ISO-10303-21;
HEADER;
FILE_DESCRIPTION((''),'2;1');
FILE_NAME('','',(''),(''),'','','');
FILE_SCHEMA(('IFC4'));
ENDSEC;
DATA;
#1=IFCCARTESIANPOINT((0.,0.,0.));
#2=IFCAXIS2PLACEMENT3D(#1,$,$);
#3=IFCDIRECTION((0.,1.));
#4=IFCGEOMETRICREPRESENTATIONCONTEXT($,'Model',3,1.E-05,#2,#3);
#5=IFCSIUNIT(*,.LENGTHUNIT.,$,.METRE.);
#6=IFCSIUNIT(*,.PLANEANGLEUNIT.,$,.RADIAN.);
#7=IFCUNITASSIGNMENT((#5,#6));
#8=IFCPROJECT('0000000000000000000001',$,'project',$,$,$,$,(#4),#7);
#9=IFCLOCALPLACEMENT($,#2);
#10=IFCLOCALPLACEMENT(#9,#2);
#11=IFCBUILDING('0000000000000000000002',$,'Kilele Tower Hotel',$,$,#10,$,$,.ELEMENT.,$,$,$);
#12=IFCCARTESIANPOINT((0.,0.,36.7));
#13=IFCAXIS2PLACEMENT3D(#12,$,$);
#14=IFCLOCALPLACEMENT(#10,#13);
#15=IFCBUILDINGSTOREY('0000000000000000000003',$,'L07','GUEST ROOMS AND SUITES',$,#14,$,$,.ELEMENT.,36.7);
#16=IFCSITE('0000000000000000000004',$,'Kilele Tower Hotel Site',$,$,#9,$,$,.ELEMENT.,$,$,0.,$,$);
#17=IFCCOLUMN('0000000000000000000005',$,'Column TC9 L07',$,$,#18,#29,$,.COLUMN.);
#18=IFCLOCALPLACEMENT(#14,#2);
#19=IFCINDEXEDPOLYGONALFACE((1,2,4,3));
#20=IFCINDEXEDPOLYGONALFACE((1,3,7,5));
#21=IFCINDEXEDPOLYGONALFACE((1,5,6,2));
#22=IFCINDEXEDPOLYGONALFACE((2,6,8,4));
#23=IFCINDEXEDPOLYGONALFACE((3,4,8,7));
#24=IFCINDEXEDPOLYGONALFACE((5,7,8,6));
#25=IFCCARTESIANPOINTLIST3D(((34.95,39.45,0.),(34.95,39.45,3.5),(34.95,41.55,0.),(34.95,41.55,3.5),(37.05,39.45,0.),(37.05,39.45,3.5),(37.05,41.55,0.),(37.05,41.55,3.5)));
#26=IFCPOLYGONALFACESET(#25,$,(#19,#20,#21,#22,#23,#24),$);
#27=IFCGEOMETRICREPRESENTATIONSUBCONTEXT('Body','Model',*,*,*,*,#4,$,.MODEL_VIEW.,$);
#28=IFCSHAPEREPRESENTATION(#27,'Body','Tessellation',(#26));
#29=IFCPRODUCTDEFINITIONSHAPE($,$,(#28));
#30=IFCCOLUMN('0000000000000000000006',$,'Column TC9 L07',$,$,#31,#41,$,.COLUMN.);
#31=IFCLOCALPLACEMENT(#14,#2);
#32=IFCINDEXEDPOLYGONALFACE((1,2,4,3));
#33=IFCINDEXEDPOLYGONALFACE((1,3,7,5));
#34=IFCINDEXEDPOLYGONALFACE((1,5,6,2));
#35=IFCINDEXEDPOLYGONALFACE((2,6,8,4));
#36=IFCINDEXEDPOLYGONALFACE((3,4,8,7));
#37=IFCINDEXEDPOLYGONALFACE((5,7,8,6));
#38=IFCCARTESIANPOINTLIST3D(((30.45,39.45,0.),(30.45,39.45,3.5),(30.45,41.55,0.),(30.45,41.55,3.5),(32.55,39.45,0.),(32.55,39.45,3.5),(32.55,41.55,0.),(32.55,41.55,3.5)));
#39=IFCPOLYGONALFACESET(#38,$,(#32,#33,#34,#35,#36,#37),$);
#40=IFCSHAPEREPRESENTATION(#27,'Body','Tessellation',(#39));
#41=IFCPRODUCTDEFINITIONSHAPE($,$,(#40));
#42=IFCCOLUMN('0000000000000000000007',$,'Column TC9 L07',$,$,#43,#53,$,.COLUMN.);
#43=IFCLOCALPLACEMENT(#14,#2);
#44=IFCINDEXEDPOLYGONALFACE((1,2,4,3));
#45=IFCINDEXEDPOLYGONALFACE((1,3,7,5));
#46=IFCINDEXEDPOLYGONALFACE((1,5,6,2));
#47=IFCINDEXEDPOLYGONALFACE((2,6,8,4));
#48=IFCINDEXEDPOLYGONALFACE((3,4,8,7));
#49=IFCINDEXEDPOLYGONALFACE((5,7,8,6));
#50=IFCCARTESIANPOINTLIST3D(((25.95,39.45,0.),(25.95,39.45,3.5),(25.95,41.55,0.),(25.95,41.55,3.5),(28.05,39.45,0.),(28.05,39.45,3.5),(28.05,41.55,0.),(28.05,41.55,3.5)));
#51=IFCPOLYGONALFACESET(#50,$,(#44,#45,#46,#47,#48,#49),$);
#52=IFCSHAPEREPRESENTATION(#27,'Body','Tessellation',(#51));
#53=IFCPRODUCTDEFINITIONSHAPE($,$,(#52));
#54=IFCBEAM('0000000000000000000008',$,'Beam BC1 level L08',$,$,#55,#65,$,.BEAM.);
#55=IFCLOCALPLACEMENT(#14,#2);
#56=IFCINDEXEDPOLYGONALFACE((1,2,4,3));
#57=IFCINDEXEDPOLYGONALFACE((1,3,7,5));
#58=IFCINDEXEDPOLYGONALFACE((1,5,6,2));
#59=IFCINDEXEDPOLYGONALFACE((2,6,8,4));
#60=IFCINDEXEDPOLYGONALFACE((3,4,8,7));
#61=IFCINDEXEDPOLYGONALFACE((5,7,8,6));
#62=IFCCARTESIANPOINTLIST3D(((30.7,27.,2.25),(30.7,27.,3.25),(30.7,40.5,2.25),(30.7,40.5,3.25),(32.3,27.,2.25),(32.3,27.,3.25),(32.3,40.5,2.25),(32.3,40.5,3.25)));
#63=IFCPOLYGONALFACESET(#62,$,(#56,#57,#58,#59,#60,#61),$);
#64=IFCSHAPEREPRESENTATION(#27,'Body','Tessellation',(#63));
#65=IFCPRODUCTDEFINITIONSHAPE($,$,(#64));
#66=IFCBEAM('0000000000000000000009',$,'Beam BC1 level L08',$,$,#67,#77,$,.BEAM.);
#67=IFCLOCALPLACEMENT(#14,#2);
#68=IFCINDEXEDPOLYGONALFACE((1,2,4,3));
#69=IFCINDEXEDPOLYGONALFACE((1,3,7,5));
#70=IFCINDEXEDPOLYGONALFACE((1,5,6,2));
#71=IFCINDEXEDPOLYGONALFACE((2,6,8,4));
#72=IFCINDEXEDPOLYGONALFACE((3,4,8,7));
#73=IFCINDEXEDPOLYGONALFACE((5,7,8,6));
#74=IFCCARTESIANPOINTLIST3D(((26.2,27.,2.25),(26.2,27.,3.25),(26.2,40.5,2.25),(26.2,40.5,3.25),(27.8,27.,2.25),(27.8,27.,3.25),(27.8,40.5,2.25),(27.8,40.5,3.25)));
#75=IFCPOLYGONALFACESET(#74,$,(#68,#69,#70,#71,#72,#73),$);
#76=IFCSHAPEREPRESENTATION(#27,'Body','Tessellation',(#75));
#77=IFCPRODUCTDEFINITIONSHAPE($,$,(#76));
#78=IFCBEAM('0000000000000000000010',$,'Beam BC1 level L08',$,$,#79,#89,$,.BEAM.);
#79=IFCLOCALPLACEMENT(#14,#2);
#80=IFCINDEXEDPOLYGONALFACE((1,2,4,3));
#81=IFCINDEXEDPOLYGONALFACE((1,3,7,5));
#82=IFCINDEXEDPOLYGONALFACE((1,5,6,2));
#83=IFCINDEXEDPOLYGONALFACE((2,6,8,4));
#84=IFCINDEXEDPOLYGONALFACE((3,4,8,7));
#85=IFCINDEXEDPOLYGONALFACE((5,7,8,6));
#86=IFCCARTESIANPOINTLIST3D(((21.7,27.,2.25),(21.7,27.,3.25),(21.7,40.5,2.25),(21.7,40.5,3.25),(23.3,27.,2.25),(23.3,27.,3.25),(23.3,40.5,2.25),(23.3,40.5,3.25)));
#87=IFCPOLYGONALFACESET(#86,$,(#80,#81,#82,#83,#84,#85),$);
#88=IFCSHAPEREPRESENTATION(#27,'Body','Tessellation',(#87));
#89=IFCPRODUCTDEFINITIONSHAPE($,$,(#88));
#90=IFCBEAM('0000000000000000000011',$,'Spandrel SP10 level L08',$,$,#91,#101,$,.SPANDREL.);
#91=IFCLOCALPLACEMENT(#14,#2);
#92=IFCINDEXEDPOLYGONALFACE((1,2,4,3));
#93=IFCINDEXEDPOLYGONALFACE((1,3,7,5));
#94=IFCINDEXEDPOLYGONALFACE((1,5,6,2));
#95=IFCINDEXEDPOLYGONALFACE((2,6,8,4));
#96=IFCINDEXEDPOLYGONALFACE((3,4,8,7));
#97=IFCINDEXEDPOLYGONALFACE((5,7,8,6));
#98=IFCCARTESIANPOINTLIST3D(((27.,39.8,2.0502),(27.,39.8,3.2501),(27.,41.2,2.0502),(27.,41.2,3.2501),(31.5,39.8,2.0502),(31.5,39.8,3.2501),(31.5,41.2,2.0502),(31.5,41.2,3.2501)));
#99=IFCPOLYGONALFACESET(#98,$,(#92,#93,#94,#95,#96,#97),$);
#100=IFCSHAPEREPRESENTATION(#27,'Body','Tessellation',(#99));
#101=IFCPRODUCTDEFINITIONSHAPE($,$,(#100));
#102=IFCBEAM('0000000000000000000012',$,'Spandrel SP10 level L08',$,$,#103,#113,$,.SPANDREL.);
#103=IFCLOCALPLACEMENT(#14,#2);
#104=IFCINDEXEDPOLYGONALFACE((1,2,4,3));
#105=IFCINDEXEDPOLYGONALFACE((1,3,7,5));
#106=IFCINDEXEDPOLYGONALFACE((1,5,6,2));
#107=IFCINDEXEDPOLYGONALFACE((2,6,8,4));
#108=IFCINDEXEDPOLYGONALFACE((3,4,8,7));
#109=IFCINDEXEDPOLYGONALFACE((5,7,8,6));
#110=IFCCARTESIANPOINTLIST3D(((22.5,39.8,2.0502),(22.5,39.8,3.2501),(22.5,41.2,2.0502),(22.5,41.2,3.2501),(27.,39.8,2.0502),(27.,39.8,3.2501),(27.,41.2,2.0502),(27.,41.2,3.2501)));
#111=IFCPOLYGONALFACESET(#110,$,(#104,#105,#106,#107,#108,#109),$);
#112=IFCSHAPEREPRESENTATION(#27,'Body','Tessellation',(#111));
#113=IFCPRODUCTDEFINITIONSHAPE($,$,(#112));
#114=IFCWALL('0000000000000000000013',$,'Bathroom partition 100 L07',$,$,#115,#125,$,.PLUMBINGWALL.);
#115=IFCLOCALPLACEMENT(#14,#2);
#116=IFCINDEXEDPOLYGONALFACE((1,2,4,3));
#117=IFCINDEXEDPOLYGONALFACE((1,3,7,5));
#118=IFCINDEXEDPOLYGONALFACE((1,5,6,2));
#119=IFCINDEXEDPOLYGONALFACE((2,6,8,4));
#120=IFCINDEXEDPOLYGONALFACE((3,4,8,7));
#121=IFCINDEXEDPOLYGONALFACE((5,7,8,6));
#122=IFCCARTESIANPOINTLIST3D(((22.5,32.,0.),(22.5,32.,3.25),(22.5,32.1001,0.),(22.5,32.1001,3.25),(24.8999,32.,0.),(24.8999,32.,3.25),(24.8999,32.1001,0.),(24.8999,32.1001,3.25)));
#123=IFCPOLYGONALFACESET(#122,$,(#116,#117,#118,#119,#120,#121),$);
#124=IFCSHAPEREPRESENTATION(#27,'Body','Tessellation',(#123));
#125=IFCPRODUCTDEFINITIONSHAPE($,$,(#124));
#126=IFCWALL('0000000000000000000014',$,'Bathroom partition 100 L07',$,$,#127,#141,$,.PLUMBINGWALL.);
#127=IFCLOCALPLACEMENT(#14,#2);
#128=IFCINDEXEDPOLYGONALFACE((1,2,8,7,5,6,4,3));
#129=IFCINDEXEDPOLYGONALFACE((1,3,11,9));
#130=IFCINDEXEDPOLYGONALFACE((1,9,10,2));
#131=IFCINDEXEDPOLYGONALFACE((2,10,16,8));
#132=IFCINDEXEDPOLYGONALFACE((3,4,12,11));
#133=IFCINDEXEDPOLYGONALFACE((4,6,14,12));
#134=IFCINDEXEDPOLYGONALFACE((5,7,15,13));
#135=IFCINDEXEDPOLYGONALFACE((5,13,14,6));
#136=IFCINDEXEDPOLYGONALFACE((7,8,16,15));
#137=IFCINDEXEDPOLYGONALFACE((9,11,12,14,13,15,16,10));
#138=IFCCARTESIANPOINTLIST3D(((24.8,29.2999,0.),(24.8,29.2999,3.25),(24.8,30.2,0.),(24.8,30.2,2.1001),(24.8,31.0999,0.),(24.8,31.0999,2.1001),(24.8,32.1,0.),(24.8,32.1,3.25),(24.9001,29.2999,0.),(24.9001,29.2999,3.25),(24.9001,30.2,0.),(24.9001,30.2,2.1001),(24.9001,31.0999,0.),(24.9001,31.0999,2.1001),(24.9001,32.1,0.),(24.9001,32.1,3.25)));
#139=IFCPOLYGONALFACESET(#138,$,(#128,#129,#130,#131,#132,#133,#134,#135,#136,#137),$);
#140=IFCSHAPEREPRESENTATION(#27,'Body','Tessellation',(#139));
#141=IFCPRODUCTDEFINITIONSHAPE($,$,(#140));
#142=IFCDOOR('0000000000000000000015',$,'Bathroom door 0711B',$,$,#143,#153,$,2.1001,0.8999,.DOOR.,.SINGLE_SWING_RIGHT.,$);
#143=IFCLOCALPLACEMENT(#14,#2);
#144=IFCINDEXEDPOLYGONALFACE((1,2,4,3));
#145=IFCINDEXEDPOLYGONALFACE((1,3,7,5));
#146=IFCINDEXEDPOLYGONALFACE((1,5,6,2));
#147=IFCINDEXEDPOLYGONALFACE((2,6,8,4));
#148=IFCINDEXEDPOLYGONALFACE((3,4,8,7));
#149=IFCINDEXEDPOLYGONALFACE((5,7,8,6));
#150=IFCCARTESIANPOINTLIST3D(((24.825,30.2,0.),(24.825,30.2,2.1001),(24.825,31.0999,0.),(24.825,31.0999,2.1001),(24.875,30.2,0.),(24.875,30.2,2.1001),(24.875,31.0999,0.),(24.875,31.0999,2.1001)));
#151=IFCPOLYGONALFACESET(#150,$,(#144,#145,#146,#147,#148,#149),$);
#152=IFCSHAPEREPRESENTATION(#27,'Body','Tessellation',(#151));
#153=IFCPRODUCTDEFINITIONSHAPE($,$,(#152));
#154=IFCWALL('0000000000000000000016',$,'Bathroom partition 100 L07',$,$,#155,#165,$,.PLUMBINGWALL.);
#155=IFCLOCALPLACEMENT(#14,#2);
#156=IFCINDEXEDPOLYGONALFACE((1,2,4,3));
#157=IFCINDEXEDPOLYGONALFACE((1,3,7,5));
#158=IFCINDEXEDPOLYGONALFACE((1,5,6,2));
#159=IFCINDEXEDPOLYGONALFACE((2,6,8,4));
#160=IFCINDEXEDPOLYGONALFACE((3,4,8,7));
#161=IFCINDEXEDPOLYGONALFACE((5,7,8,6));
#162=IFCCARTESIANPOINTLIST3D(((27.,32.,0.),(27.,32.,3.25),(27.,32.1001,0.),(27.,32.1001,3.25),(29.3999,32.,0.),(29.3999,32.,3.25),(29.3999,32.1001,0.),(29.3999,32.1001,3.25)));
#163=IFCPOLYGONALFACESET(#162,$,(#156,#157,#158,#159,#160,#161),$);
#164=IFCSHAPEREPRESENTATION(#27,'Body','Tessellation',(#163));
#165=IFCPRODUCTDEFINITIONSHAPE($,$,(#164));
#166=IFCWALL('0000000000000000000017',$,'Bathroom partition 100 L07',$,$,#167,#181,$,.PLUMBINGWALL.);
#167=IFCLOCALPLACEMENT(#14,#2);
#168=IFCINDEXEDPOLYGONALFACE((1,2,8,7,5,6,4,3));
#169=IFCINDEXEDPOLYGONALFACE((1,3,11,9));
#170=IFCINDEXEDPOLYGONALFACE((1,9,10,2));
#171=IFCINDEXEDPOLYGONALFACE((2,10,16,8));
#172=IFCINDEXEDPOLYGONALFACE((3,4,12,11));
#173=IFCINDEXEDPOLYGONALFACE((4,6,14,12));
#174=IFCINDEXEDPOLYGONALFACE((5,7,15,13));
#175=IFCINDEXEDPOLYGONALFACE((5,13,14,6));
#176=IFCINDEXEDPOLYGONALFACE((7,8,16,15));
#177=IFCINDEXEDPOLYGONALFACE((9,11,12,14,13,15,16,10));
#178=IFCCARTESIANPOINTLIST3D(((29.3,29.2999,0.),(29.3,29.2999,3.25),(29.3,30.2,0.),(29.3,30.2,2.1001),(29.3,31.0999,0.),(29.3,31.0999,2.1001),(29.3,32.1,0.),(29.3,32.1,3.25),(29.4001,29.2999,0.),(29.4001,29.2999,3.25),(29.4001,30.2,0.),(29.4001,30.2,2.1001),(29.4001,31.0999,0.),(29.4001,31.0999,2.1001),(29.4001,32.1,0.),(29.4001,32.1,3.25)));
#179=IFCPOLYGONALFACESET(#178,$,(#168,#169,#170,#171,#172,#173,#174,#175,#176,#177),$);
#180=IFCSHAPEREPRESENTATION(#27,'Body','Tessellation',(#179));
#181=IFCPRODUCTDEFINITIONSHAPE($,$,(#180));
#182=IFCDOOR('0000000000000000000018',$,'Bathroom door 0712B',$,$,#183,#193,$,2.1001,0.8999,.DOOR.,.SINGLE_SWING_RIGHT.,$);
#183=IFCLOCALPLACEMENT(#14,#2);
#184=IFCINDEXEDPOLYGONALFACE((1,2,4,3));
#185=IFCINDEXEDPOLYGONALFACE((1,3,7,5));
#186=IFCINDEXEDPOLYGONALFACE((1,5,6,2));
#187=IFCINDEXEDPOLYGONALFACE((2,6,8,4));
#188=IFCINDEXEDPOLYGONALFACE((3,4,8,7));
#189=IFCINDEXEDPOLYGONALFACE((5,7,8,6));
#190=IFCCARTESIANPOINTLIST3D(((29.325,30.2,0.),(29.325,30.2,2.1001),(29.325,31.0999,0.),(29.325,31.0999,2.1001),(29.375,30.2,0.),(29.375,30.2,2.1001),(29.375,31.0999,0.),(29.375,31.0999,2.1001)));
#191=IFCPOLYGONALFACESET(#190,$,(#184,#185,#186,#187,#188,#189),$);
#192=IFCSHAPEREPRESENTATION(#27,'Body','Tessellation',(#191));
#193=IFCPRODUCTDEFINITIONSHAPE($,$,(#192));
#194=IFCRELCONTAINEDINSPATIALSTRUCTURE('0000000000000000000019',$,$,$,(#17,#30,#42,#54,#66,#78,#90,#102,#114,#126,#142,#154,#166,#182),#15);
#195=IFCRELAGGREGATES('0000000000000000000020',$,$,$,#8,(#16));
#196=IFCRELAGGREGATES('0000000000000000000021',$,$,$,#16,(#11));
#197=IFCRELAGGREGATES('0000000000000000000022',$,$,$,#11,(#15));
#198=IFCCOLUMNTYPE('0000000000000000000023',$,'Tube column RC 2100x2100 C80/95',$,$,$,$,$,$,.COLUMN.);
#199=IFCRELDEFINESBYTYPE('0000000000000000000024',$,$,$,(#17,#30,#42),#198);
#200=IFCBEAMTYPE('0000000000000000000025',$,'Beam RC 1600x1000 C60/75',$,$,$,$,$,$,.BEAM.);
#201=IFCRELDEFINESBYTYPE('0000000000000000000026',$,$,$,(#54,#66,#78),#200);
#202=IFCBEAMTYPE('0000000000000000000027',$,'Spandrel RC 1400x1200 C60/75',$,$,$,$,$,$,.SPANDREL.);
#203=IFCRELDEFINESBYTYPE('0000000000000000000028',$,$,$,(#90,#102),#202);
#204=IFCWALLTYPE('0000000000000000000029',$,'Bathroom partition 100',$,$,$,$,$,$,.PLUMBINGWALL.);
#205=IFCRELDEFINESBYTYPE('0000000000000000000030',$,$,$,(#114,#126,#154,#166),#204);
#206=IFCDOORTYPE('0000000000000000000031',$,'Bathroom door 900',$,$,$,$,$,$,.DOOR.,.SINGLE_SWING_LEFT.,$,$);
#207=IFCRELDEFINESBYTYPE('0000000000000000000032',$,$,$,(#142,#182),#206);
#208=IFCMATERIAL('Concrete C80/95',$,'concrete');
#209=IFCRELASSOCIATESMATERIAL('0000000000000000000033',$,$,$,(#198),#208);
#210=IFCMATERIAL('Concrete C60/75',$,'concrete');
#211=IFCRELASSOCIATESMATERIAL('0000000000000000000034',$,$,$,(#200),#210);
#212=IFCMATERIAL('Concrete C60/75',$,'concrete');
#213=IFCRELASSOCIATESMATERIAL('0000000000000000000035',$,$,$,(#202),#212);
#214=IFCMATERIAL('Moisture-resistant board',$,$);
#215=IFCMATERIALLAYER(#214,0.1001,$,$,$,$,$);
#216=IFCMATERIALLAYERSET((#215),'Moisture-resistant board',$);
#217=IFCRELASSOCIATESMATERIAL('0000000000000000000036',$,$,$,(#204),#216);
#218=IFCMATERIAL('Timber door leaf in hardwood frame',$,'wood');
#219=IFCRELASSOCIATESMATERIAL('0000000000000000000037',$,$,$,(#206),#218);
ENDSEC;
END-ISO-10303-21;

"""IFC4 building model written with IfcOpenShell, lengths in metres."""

from ifc_helpers import new_model, si_unit, direction, frame, frame_2d, origin, origin_2d, place, context, subcontext, project, spatial, rectangle, extrude, material, layer, layer_set, material_profile, profile_set, type_object, element, fill, save


model = new_model("IFC4")

# Units and contexts
model_context = context("Model", 3, precision=1e-05, world=origin(), true_north=direction((0.0, 1.0)))
body_context = subcontext(model_context, "Body", "Model", "MODEL_VIEW")
ifc_project = project(units=[si_unit("LENGTHUNIT", "METRE"), si_unit("PLANEANGLEUNIT", "RADIAN")], contexts=[model_context])

# Site, building, storey
site_placement = place(None, origin())
site = spatial("IfcSite", under=ifc_project, at=site_placement, Name="Kilele Tower Hotel Site", CompositionType="ELEMENT", RefElevation=0.0)
building_placement = place(site_placement, origin())
building = spatial("IfcBuilding", under=site, at=building_placement, Name="Kilele Tower Hotel", CompositionType="ELEMENT")
storey_placement = place(building_placement, frame((0.0, 0.0, 36.7)))
storey = spatial("IfcBuildingStorey", under=building, at=storey_placement, Name="L07", Description="GUEST ROOMS AND SUITES", CompositionType="ELEMENT", Elevation=36.7)

# Columns
ifc_material_1 = material(Name="Concrete C80/95", Category="concrete")
ifc_material_profile_1 = material_profile(ifc_material_1, rectangle(XDim=2.1001, YDim=2.1001, at=origin_2d()))
ifc_profile_set_1 = profile_set([ifc_material_profile_1], Name="Concrete C80/95")
column_type = type_object("IfcColumnType", Name="Tube column RC 2100x2100 C80/95", PredefinedType="COLUMN", material=ifc_profile_set_1)
for number, where, z_axis, x_axis, name in (
    (1, (36.0, 40.5, 0.0), (0.0, 0.0, 1.0), (1.0, 0.0, 0.0), "Column TC9 L07"),
    (2, (31.5, 40.5, 0.0), (0.0, 0.0, 1.0), (1.0, 0.0, 0.0), "Column TC9 L07"),
    (3, (27.0, 40.5, 0.0), (0.0, 0.0, 1.0), (1.0, 0.0, 0.0), "Column TC9 L07"),
):
    element("IfcColumn", number, at=place(storey_placement, frame(where, z_axis=z_axis, x_axis=x_axis)), inside=storey, type_object=column_type, Name=name, PredefinedType="COLUMN", context=body_context, shape_type="SweptSolid", body=[
        extrude(rectangle(XDim=2.1001, YDim=2.1001, at=origin_2d()), origin(), (0.0, 0.0, 1.0), 3.5),
    ])

# Beams
ifc_material_2 = material(Name="Concrete C60/75", Category="concrete")
ifc_material_profile_2 = material_profile(ifc_material_2, rectangle(XDim=1.6001, YDim=1.0, at=origin_2d()))
ifc_profile_set_2 = profile_set([ifc_material_profile_2], Name="Concrete C60/75")
beam_type_1 = type_object("IfcBeamType", Name="Beam RC 1600x1000 C60/75", PredefinedType="BEAM", material=ifc_profile_set_2)
for number, where, z_axis, x_axis, name in (
    (4, (31.5, 40.5, 2.75), (0.0, -1.0, 0.0), (1.0, 0.0, 0.0), "Beam BC1 level L08"),
    (5, (27.0, 40.5, 2.75), (0.0, -1.0, 0.0), (1.0, 0.0, 0.0), "Beam BC1 level L08"),
    (6, (22.5, 40.5, 2.75), (0.0, -1.0, 0.0), (1.0, 0.0, 0.0), "Beam BC1 level L08"),
):
    element("IfcBeam", number, at=place(storey_placement, frame(where, z_axis=z_axis, x_axis=x_axis)), inside=storey, type_object=beam_type_1, Name=name, PredefinedType="BEAM", context=body_context, shape_type="SweptSolid", body=[
        extrude(rectangle(XDim=1.6001, YDim=1.0, at=origin_2d()), origin(), (0.0, 0.0, 1.0), 13.5),
    ])
ifc_material_3 = material(Name="Concrete C60/75", Category="concrete")
ifc_material_profile_3 = material_profile(ifc_material_3, rectangle(XDim=1.3999, YDim=1.2, at=origin_2d()))
ifc_profile_set_3 = profile_set([ifc_material_profile_3], Name="Concrete C60/75")
beam_type_2 = type_object("IfcBeamType", Name="Spandrel RC 1400x1200 C60/75", PredefinedType="SPANDREL", material=ifc_profile_set_3)
for number, where, z_axis, x_axis, name in (
    (7, (31.5, 40.5, 2.6501), (-1.0, 0.0, 0.0), (0.0, -1.0, 0.0), "Spandrel SP10 level L08"),
    (8, (27.0, 40.5, 2.6501), (-1.0, 0.0, 0.0), (0.0, -1.0, 0.0), "Spandrel SP10 level L08"),
):
    element("IfcBeam", number, at=place(storey_placement, frame(where, z_axis=z_axis, x_axis=x_axis)), inside=storey, type_object=beam_type_2, Name=name, PredefinedType="SPANDREL", context=body_context, shape_type="SweptSolid", body=[
        extrude(rectangle(XDim=1.3999, YDim=1.2, at=origin_2d()), origin(), (0.0, 0.0, 1.0), 4.5),
    ])

# Wall
ifc_material_4 = material(Name="Moisture-resistant board")
ifc_layer_1 = layer(ifc_material_4, 0.1001)
ifc_layer_set_1 = layer_set([ifc_layer_1], Name="Moisture-resistant board")
wall_type_1 = type_object("IfcWallType", Name="Bathroom partition 100", PredefinedType="PLUMBINGWALL", material=ifc_layer_set_1)
wall_1_placement = place(storey_placement, frame((22.5, 32.05, 0.0), z_axis=(0.0, 0.0, 1.0), x_axis=(1.0, 0.0, 0.0)))
element("IfcWall", 9, at=wall_1_placement, inside=storey, type_object=wall_type_1, Name="Bathroom partition 100 L07", PredefinedType="PLUMBINGWALL", context=body_context, shape_type="SweptSolid", body=[
    extrude(rectangle(XDim=2.3999, YDim=0.1001, at=frame_2d((1.2, 0.0))), origin(), (0.0, 0.0, 1.0), 3.25),
])

# Wall, opening, door
wall_2_placement = place(storey_placement, frame((24.8501, 29.3, 0.0), z_axis=(0.0, 0.0, 1.0), x_axis=(0.0, 1.0, 0.0)))
wall_2 = element("IfcWall", 10, at=wall_2_placement, inside=storey, type_object=wall_type_1, Name="Bathroom partition 100 L07", PredefinedType="PLUMBINGWALL", context=body_context, shape_type="SweptSolid", body=[
    extrude(rectangle(XDim=2.8, YDim=0.1001, at=frame_2d((1.3999, 0.0))), origin(), (0.0, 0.0, 1.0), 3.25),
])
opening_1_placement = place(wall_2_placement, frame((1.7998, 0.0, 0.0), z_axis=(0.0, 0.0, 1.0), x_axis=(-1.0, 0.0, 0.0)))
opening_1 = element("IfcOpeningElement", 11, at=opening_1_placement, cuts=wall_2, PredefinedType="OPENING", context=body_context, shape_type="SweptSolid", body=[
    extrude(rectangle(XDim=0.8999, YDim=2.1001, at=frame_2d((0.45, 1.05))), frame((0.0, 0.0601, 0.0), z_axis=(0.0, -1.0, 0.0), x_axis=(1.0, 0.0, 0.0)), (0.0, 0.0, 1.0), 0.1201),
])
ifc_material_5 = material(Name="Timber door leaf in hardwood frame", Category="wood")
door_type_1 = type_object("IfcDoorType", Name="Bathroom door 900", OperationType="SINGLE_SWING_LEFT", PredefinedType="DOOR", material=ifc_material_5)
door_1_placement = place(opening_1_placement, origin())
door_1 = element("IfcDoor", 12, at=door_1_placement, inside=storey, type_object=door_type_1, Name="Bathroom door 0711B", OperationType="SINGLE_SWING_RIGHT", OverallHeight=2.1001, OverallWidth=0.8999, PredefinedType="DOOR", context=body_context, shape_type="SweptSolid", body=[
    extrude(rectangle(XDim=0.8999, YDim=2.1001, at=frame_2d((0.45, 1.05))), frame((0.0, 0.0249, 0.0), z_axis=(0.0, -1.0, 0.0), x_axis=(1.0, 0.0, 0.0)), (0.0, 0.0, 1.0), 0.05),
])
fill(opening_1, door_1)

# Wall
wall_3_placement = place(storey_placement, frame((27.0, 32.05, 0.0), z_axis=(0.0, 0.0, 1.0), x_axis=(1.0, 0.0, 0.0)))
element("IfcWall", 13, at=wall_3_placement, inside=storey, type_object=wall_type_1, Name="Bathroom partition 100 L07", PredefinedType="PLUMBINGWALL", context=body_context, shape_type="SweptSolid", body=[
    extrude(rectangle(XDim=2.3999, YDim=0.1001, at=frame_2d((1.2, 0.0))), origin(), (0.0, 0.0, 1.0), 3.25),
])

# Wall, opening, door
wall_4_placement = place(storey_placement, frame((29.3501, 29.3, 0.0), z_axis=(0.0, 0.0, 1.0), x_axis=(0.0, 1.0, 0.0)))
wall_4 = element("IfcWall", 14, at=wall_4_placement, inside=storey, type_object=wall_type_1, Name="Bathroom partition 100 L07", PredefinedType="PLUMBINGWALL", context=body_context, shape_type="SweptSolid", body=[
    extrude(rectangle(XDim=2.8, YDim=0.1001, at=frame_2d((1.3999, 0.0))), origin(), (0.0, 0.0, 1.0), 3.25),
])
opening_2_placement = place(wall_4_placement, frame((1.7998, 0.0, 0.0), z_axis=(0.0, 0.0, 1.0), x_axis=(-1.0, 0.0, 0.0)))
opening_2 = element("IfcOpeningElement", 15, at=opening_2_placement, cuts=wall_4, PredefinedType="OPENING", context=body_context, shape_type="SweptSolid", body=[
    extrude(rectangle(XDim=0.8999, YDim=2.1001, at=frame_2d((0.45, 1.05))), frame((0.0, 0.0601, 0.0), z_axis=(0.0, -1.0, 0.0), x_axis=(1.0, 0.0, 0.0)), (0.0, 0.0, 1.0), 0.1201),
])
door_2_placement = place(opening_2_placement, origin())
door_2 = element("IfcDoor", 16, at=door_2_placement, inside=storey, type_object=door_type_1, Name="Bathroom door 0712B", OperationType="SINGLE_SWING_RIGHT", OverallHeight=2.1001, OverallWidth=0.8999, PredefinedType="DOOR", context=body_context, shape_type="SweptSolid", body=[
    extrude(rectangle(XDim=0.8999, YDim=2.1001, at=frame_2d((0.45, 1.05))), frame((0.0, 0.0249, 0.0), z_axis=(0.0, -1.0, 0.0), x_axis=(1.0, 0.0, 0.0)), (0.0, 0.0, 1.0), 0.05),
])
fill(opening_2, door_2)

save(model, "model.ifc")
